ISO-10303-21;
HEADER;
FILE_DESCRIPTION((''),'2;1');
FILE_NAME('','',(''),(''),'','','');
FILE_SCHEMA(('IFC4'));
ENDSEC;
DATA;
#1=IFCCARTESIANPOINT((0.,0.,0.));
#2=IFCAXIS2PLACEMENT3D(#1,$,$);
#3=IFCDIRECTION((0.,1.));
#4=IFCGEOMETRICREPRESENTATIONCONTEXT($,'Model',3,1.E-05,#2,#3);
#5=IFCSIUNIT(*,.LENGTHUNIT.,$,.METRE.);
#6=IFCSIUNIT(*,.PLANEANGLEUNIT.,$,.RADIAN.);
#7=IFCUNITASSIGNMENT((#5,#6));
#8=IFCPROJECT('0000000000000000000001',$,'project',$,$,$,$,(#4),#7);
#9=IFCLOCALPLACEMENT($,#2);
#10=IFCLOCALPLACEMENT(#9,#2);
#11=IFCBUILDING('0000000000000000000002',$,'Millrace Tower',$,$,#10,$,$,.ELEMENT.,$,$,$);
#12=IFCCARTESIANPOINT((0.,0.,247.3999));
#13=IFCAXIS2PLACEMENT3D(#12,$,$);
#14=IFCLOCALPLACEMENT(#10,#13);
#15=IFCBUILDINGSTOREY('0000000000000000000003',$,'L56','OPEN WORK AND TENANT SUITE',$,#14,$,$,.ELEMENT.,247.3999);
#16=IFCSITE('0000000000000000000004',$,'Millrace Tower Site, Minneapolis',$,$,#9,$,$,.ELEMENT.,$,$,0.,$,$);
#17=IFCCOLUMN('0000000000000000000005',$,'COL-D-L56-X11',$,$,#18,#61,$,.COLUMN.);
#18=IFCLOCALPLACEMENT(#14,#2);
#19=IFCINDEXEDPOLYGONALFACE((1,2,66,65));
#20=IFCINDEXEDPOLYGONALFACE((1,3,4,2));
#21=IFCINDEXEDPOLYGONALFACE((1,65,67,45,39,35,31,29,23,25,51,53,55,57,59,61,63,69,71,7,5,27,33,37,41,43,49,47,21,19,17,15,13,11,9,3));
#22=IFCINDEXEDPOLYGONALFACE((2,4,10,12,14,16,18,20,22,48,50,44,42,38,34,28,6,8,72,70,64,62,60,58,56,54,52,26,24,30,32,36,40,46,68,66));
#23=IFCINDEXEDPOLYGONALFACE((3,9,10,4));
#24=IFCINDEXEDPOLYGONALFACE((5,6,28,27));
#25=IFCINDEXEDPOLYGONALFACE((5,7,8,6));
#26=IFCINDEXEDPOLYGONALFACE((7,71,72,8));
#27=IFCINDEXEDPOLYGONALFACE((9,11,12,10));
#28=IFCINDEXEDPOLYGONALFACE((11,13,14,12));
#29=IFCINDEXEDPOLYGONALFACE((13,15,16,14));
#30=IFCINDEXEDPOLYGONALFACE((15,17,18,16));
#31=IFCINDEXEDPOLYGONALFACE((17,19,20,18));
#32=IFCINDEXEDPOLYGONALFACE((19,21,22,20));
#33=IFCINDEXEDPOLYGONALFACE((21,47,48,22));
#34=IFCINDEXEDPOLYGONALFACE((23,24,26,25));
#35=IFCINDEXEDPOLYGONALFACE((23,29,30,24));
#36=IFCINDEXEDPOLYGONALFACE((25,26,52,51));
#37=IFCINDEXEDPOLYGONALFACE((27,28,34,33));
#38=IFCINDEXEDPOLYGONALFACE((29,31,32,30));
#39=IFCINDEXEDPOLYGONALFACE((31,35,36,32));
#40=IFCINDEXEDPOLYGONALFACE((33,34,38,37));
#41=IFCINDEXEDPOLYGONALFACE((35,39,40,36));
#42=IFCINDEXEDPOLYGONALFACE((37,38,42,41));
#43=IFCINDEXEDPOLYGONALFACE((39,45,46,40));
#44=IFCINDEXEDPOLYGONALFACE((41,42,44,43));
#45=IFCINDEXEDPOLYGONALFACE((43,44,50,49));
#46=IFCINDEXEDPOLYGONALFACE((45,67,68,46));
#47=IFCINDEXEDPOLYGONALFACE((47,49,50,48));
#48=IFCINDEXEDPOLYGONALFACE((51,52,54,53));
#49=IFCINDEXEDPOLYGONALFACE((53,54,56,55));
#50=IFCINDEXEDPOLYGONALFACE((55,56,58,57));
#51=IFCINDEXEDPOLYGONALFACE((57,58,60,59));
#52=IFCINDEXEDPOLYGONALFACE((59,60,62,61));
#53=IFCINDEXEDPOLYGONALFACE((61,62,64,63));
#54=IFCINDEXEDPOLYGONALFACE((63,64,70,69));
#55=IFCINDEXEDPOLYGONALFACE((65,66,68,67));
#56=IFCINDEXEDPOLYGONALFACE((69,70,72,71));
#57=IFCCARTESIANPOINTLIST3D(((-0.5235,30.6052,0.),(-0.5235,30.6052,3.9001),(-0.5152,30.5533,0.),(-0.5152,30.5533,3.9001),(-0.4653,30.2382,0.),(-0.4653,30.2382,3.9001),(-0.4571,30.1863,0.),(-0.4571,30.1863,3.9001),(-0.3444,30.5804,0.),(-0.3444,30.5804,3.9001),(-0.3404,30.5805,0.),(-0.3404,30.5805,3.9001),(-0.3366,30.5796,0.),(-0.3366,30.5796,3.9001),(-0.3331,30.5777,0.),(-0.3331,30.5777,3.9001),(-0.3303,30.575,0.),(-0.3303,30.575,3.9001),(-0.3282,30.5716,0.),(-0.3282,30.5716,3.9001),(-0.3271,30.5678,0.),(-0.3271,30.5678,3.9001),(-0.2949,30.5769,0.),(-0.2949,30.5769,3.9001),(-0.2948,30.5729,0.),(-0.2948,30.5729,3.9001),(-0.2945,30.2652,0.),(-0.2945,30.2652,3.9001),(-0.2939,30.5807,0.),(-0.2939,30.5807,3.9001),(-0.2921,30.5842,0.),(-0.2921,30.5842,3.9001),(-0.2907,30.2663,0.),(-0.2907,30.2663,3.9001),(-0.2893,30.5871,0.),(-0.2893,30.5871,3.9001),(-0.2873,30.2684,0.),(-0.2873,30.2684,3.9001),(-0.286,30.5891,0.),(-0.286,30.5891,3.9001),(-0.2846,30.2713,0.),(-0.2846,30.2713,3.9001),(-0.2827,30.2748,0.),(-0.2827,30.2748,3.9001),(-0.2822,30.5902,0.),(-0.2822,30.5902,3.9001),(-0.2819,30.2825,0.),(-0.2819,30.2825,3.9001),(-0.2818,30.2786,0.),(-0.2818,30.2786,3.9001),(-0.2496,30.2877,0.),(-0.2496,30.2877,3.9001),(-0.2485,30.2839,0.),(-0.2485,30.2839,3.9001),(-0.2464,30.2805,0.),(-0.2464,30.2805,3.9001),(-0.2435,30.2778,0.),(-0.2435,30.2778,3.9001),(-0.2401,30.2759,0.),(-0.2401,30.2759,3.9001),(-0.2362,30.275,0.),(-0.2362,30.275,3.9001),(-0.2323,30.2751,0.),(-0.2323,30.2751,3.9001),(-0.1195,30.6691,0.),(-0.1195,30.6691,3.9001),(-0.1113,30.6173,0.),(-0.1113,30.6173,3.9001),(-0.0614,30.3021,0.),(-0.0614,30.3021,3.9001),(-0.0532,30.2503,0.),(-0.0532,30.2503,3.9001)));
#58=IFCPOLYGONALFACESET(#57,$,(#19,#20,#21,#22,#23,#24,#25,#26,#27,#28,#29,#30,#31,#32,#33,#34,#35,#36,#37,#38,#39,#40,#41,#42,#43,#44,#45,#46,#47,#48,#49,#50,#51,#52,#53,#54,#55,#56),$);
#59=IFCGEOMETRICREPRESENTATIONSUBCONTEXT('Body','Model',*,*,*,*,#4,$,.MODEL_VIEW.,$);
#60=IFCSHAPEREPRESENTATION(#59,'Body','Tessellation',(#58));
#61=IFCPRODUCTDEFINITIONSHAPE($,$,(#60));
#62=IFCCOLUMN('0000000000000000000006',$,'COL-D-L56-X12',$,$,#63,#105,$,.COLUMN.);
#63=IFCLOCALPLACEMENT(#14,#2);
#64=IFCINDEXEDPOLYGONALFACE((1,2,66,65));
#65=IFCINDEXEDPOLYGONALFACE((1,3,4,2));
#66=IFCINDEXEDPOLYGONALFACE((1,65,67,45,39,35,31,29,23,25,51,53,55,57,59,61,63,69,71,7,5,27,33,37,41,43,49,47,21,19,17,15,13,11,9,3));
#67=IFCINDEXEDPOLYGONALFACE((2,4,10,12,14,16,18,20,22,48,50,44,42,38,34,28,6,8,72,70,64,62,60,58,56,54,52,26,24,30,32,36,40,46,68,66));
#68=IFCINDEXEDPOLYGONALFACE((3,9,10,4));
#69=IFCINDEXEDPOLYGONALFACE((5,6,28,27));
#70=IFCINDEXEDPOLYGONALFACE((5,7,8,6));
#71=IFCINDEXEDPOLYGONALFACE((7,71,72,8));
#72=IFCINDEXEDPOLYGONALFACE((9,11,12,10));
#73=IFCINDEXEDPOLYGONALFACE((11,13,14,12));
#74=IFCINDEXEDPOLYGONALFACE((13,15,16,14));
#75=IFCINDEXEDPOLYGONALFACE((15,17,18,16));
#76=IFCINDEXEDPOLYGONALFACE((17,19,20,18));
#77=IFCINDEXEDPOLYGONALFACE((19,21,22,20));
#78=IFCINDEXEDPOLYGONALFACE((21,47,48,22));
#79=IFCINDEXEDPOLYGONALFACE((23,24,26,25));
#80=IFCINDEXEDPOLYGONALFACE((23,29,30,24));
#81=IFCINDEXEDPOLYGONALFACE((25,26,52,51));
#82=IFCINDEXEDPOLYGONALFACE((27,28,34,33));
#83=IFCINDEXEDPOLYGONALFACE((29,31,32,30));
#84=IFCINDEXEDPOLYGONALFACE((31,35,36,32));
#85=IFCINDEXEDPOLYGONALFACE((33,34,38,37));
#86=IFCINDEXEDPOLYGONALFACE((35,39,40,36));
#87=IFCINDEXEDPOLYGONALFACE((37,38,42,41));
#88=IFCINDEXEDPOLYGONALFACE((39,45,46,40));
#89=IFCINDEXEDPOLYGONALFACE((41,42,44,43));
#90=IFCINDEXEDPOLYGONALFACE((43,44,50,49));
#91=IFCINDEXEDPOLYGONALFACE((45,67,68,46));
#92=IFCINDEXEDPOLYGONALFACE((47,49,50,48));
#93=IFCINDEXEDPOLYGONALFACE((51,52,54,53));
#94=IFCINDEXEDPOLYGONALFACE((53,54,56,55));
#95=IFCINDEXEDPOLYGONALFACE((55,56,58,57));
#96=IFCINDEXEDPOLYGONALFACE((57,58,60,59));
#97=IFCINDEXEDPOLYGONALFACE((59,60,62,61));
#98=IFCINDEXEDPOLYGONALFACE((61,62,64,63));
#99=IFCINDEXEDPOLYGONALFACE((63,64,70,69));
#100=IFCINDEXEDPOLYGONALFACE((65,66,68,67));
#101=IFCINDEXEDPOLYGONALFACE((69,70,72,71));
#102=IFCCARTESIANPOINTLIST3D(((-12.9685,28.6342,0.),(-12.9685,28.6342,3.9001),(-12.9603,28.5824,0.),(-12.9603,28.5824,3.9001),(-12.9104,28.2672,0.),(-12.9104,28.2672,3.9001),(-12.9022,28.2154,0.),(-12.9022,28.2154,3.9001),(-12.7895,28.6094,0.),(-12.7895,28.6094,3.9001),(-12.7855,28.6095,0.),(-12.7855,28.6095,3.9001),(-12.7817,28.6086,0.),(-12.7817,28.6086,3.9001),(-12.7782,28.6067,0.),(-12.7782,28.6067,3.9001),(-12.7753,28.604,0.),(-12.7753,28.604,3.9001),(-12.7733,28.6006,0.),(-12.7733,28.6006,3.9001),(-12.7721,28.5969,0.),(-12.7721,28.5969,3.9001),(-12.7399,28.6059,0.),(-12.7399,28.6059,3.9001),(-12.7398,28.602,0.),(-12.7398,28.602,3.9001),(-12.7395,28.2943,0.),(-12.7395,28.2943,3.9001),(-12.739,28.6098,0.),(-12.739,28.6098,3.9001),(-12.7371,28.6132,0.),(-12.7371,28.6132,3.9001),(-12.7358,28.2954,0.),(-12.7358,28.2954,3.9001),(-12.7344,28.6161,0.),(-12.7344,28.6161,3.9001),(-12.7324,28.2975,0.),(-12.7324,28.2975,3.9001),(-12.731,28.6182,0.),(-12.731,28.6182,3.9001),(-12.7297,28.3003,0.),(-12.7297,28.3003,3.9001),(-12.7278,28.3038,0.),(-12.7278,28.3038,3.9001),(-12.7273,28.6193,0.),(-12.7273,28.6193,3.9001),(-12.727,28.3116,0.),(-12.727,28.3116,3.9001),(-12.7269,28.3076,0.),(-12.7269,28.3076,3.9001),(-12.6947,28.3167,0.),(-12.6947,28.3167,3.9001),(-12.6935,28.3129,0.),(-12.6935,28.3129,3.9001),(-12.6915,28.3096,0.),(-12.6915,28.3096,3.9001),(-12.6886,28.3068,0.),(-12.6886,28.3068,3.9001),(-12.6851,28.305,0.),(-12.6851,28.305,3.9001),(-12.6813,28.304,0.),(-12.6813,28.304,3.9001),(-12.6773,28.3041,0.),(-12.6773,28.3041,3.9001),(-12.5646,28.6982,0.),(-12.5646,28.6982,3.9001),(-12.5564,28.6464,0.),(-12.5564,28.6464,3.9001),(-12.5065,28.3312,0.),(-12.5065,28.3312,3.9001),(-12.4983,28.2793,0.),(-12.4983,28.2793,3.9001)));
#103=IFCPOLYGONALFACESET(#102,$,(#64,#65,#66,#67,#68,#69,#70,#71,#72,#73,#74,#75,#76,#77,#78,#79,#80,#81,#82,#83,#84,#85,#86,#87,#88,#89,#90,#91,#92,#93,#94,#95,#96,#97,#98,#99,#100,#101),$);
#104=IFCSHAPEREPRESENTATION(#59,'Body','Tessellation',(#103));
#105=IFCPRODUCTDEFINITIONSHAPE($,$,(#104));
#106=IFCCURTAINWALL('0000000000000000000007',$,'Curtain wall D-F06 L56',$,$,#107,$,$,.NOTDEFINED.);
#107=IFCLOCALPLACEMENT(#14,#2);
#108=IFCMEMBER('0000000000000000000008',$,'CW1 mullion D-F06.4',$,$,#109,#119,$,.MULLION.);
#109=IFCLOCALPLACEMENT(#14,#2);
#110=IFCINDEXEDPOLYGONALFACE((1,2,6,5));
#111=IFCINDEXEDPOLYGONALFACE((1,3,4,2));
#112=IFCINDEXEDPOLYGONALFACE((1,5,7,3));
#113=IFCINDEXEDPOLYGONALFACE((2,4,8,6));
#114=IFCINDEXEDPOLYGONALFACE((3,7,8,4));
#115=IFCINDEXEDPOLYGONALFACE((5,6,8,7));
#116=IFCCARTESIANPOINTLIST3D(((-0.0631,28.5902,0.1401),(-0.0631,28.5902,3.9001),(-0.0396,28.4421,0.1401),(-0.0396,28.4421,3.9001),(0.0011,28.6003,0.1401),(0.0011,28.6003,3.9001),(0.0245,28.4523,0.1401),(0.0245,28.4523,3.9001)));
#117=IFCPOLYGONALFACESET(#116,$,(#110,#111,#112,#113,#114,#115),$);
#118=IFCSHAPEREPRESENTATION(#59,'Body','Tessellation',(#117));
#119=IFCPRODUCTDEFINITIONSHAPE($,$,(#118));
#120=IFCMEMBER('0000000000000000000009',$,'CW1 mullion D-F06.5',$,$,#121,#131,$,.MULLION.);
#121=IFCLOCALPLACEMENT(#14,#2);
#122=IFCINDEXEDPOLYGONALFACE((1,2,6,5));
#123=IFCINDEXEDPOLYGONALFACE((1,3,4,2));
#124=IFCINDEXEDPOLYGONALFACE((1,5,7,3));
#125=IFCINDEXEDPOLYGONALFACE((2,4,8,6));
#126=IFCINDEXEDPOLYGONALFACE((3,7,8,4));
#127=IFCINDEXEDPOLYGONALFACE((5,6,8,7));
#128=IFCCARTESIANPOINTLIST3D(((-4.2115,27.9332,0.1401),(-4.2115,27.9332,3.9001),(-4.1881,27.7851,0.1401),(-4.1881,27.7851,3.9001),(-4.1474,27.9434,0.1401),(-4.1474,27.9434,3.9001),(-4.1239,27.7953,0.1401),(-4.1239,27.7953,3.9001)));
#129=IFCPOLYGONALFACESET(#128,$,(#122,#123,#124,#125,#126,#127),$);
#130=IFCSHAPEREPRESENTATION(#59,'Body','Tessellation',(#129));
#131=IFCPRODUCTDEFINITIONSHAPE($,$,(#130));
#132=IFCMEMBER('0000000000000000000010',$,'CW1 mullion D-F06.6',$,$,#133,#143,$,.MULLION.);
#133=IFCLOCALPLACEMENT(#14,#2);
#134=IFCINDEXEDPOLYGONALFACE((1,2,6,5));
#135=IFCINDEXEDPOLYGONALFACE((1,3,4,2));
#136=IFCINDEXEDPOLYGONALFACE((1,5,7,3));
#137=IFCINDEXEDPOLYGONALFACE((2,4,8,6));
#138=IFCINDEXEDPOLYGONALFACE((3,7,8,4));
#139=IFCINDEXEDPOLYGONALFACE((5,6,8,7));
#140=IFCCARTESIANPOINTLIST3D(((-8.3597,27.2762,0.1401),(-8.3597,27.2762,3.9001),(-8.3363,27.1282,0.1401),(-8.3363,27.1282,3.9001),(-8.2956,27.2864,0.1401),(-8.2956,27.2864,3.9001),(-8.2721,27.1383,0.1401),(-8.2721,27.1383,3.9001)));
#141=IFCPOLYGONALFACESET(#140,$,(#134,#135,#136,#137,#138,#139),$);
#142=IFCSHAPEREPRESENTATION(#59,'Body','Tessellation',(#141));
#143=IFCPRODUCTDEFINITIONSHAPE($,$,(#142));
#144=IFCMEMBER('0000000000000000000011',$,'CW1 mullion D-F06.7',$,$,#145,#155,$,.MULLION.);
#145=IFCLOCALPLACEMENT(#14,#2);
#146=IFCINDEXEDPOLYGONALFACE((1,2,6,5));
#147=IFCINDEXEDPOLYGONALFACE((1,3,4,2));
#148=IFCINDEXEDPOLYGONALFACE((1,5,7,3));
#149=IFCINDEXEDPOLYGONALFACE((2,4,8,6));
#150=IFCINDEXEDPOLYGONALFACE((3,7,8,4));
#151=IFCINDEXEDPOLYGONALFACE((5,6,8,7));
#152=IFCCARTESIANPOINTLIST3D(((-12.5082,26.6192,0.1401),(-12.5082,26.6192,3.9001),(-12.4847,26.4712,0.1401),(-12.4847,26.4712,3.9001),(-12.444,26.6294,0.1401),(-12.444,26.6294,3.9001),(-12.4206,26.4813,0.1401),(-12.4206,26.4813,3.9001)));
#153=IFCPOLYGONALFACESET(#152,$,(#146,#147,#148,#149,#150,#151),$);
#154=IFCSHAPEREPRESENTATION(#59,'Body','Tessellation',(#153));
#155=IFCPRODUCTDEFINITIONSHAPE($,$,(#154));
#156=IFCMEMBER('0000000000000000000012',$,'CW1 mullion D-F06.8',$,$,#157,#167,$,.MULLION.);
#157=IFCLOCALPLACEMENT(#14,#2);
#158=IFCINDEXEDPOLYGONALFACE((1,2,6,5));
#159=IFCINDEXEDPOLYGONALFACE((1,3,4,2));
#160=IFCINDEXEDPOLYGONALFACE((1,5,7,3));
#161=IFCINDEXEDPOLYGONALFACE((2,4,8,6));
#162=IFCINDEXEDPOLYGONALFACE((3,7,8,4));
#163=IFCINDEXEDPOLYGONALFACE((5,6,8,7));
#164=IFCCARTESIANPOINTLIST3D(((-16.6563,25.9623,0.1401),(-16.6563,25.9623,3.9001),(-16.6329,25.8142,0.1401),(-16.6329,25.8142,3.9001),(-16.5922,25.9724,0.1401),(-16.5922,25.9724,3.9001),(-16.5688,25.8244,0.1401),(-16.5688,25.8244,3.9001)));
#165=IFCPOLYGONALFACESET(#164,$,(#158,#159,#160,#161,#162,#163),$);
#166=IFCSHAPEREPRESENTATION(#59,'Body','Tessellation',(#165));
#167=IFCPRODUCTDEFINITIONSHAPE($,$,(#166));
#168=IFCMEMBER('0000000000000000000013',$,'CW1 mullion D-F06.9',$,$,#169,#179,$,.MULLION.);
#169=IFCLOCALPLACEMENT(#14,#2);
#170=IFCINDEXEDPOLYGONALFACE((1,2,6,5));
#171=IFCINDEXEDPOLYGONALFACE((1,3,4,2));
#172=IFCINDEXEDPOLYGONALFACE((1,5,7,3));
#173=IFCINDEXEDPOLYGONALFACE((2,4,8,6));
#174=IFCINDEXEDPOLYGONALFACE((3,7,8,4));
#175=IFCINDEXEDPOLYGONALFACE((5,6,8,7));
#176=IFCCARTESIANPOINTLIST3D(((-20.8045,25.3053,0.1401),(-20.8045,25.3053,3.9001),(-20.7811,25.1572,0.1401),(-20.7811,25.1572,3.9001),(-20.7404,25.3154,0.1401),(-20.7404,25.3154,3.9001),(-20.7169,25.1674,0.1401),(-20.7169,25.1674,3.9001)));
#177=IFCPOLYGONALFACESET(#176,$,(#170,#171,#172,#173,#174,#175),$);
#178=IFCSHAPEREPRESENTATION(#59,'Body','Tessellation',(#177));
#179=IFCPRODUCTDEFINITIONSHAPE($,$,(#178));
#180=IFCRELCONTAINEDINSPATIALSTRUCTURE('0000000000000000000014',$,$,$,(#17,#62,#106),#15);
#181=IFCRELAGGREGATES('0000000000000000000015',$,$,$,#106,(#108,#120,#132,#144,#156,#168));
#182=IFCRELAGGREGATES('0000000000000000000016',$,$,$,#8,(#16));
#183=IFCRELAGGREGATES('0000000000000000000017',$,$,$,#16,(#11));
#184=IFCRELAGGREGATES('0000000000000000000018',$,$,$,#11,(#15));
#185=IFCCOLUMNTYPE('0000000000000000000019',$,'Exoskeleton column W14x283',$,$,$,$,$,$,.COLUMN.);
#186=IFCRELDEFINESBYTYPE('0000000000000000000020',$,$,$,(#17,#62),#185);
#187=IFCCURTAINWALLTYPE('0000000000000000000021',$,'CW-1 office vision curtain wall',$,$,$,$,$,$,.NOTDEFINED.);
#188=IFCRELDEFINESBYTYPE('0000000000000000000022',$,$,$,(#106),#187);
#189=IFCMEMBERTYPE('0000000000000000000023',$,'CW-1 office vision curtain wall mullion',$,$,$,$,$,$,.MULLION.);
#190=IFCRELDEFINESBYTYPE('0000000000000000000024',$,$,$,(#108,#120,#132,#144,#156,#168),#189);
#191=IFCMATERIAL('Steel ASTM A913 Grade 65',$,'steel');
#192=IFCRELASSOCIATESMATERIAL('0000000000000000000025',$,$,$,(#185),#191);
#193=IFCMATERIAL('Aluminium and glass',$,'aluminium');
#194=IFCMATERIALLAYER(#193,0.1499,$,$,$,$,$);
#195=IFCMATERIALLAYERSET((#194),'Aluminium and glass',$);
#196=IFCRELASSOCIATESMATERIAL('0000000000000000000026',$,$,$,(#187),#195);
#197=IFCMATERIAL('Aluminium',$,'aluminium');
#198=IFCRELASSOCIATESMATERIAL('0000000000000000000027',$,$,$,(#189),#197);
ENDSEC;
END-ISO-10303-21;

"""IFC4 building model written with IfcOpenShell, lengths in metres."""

from ifc_helpers import new_model, si_unit, direction, frame, origin, origin_2d, place, context, subcontext, project, spatial, rectangle, i_section, extrude, material, layer, layer_set, material_profile, profile_set, type_object, element, aggregate, save


model = new_model("IFC4")

# Units and contexts
model_context = context("Model", 3, precision=1e-05, world=origin(), true_north=direction((0.0, 1.0)))
body_context = subcontext(model_context, "Body", "Model", "MODEL_VIEW")
ifc_project = project(units=[si_unit("LENGTHUNIT", "METRE"), si_unit("PLANEANGLEUNIT", "RADIAN")], contexts=[model_context])

# Site, building, storey
site_placement = place(None, origin())
site = spatial("IfcSite", under=ifc_project, at=site_placement, Name="Millrace Tower Site, Minneapolis", CompositionType="ELEMENT", RefElevation=0.0)
building_placement = place(site_placement, origin())
building = spatial("IfcBuilding", under=site, at=building_placement, Name="Millrace Tower", CompositionType="ELEMENT")
storey_placement = place(building_placement, frame((0.0, 0.0, 247.3999)))
storey = spatial("IfcBuildingStorey", under=building, at=storey_placement, Name="L56", Description="OPEN WORK AND TENANT SUITE", CompositionType="ELEMENT", Elevation=247.3999)

# Columns
ifc_material_1 = material(Name="Steel ASTM A913 Grade 65", Category="steel")
ifc_material_profile_1 = material_profile(ifc_material_1, i_section(OverallWidth=0.4089, OverallDepth=0.4241, WebThickness=0.0327, FlangeThickness=0.0525, FilletRadius=0.0151, at=origin_2d()))
ifc_profile_set_1 = profile_set([ifc_material_profile_1], Name="Steel ASTM A913 Grade 65")
column_type = type_object("IfcColumnType", Name="Exoskeleton column W14x283", PredefinedType="COLUMN", material=ifc_profile_set_1)
for number, where, z_axis, x_axis, name in (
    (1, (-0.2883, 30.4277, 0.0), (0.0, 0.0, 1.0), (-0.987688, -0.156434, 0.0), "COL-D-L56-X11"),
    (2, (-12.7334, 28.4568, 0.0), (0.0, 0.0, 1.0), (-0.987688, -0.156434, 0.0), "COL-D-L56-X12"),
):
    element("IfcColumn", number, at=place(storey_placement, frame(where, z_axis=z_axis, x_axis=x_axis)), inside=storey, type_object=column_type, Name=name, PredefinedType="COLUMN", context=body_context, shape_type="SweptSolid", body=[
        extrude(i_section(OverallWidth=0.4089, OverallDepth=0.4241, WebThickness=0.0327, FlangeThickness=0.0525, FilletRadius=0.0151, at=origin_2d()), origin(), (0.0, 0.0, 1.0), 3.9001),
    ])

# Curtain wall, members
ifc_material_2 = material(Name="Aluminium and glass", Category="aluminium")
ifc_layer_1 = layer(ifc_material_2, 0.1499)
ifc_layer_set_1 = layer_set([ifc_layer_1], Name="Aluminium and glass")
curtain_wall_type = type_object("IfcCurtainWallType", Name="CW-1 office vision curtain wall", PredefinedType="NOTDEFINED", material=ifc_layer_set_1)
curtain_wall_placement = place(storey_placement, origin())
curtain_wall = element("IfcCurtainWall", 3, at=curtain_wall_placement, inside=storey, type_object=curtain_wall_type, Name="Curtain wall D-F06 L56", PredefinedType="NOTDEFINED")
ifc_material_3 = material(Name="Aluminium", Category="aluminium")
ifc_material_profile_2 = material_profile(ifc_material_3, rectangle(XDim=0.0649, YDim=0.1499, at=origin_2d()))
ifc_profile_set_2 = profile_set([ifc_material_profile_2], Name="Aluminium")
member_type_1 = type_object("IfcMemberType", Name="CW-1 office vision curtain wall mullion", PredefinedType="MULLION", material=ifc_profile_set_2)
member_1_placement = place(storey_placement, frame((-0.0193, 28.5212, 0.1401), z_axis=(0.0, 0.0, 1.0), x_axis=(-0.987688, -0.156434, 0.0)))
member_1 = element("IfcMember", 4, at=member_1_placement, type_object=member_type_1, Name="CW1 mullion D-F06.4", PredefinedType="MULLION", context=body_context, shape_type="SweptSolid", body=[
    extrude(rectangle(XDim=0.0649, YDim=0.1499, at=origin_2d()), origin(), (0.0, 0.0, 1.0), 3.76),
])
member_2_placement = place(storey_placement, frame((-4.1677, 27.8643, 0.1401), z_axis=(0.0, 0.0, 1.0), x_axis=(-0.987688, -0.156434, 0.0)))
member_2 = element("IfcMember", 5, at=member_2_placement, type_object=member_type_1, Name="CW1 mullion D-F06.5", PredefinedType="MULLION", context=body_context, shape_type="SweptSolid", body=[
    extrude(rectangle(XDim=0.0649, YDim=0.1499, at=origin_2d()), origin(), (0.0, 0.0, 1.0), 3.76),
])
member_3_placement = place(storey_placement, frame((-8.3159, 27.2073, 0.1401), z_axis=(0.0, 0.0, 1.0), x_axis=(-0.987688, -0.156434, 0.0)))
member_3 = element("IfcMember", 6, at=member_3_placement, type_object=member_type_1, Name="CW1 mullion D-F06.6", PredefinedType="MULLION", context=body_context, shape_type="SweptSolid", body=[
    extrude(rectangle(XDim=0.0649, YDim=0.1499, at=origin_2d()), origin(), (0.0, 0.0, 1.0), 3.76),
])
member_4_placement = place(storey_placement, frame((-12.4644, 26.5503, 0.1401), z_axis=(0.0, 0.0, 1.0), x_axis=(-0.987688, -0.156434, 0.0)))
member_4 = element("IfcMember", 7, at=member_4_placement, type_object=member_type_1, Name="CW1 mullion D-F06.7", PredefinedType="MULLION", context=body_context, shape_type="SweptSolid", body=[
    extrude(rectangle(XDim=0.0649, YDim=0.1499, at=origin_2d()), origin(), (0.0, 0.0, 1.0), 3.76),
])
member_5_placement = place(storey_placement, frame((-16.6125, 25.8933, 0.1401), z_axis=(0.0, 0.0, 1.0), x_axis=(-0.987688, -0.156434, 0.0)))
member_5 = element("IfcMember", 8, at=member_5_placement, type_object=member_type_1, Name="CW1 mullion D-F06.8", PredefinedType="MULLION", context=body_context, shape_type="SweptSolid", body=[
    extrude(rectangle(XDim=0.0649, YDim=0.1499, at=origin_2d()), origin(), (0.0, 0.0, 1.0), 3.76),
])
member_6_placement = place(storey_placement, frame((-20.7607, 25.2363, 0.1401), z_axis=(0.0, 0.0, 1.0), x_axis=(-0.987688, -0.156434, 0.0)))
member_6 = element("IfcMember", 9, at=member_6_placement, type_object=member_type_1, Name="CW1 mullion D-F06.9", PredefinedType="MULLION", context=body_context, shape_type="SweptSolid", body=[
    extrude(rectangle(XDim=0.0649, YDim=0.1499, at=origin_2d()), origin(), (0.0, 0.0, 1.0), 3.76),
])
aggregate(curtain_wall, [member_1, member_2, member_3, member_4, member_5, member_6])

save(model, "model.ifc")
